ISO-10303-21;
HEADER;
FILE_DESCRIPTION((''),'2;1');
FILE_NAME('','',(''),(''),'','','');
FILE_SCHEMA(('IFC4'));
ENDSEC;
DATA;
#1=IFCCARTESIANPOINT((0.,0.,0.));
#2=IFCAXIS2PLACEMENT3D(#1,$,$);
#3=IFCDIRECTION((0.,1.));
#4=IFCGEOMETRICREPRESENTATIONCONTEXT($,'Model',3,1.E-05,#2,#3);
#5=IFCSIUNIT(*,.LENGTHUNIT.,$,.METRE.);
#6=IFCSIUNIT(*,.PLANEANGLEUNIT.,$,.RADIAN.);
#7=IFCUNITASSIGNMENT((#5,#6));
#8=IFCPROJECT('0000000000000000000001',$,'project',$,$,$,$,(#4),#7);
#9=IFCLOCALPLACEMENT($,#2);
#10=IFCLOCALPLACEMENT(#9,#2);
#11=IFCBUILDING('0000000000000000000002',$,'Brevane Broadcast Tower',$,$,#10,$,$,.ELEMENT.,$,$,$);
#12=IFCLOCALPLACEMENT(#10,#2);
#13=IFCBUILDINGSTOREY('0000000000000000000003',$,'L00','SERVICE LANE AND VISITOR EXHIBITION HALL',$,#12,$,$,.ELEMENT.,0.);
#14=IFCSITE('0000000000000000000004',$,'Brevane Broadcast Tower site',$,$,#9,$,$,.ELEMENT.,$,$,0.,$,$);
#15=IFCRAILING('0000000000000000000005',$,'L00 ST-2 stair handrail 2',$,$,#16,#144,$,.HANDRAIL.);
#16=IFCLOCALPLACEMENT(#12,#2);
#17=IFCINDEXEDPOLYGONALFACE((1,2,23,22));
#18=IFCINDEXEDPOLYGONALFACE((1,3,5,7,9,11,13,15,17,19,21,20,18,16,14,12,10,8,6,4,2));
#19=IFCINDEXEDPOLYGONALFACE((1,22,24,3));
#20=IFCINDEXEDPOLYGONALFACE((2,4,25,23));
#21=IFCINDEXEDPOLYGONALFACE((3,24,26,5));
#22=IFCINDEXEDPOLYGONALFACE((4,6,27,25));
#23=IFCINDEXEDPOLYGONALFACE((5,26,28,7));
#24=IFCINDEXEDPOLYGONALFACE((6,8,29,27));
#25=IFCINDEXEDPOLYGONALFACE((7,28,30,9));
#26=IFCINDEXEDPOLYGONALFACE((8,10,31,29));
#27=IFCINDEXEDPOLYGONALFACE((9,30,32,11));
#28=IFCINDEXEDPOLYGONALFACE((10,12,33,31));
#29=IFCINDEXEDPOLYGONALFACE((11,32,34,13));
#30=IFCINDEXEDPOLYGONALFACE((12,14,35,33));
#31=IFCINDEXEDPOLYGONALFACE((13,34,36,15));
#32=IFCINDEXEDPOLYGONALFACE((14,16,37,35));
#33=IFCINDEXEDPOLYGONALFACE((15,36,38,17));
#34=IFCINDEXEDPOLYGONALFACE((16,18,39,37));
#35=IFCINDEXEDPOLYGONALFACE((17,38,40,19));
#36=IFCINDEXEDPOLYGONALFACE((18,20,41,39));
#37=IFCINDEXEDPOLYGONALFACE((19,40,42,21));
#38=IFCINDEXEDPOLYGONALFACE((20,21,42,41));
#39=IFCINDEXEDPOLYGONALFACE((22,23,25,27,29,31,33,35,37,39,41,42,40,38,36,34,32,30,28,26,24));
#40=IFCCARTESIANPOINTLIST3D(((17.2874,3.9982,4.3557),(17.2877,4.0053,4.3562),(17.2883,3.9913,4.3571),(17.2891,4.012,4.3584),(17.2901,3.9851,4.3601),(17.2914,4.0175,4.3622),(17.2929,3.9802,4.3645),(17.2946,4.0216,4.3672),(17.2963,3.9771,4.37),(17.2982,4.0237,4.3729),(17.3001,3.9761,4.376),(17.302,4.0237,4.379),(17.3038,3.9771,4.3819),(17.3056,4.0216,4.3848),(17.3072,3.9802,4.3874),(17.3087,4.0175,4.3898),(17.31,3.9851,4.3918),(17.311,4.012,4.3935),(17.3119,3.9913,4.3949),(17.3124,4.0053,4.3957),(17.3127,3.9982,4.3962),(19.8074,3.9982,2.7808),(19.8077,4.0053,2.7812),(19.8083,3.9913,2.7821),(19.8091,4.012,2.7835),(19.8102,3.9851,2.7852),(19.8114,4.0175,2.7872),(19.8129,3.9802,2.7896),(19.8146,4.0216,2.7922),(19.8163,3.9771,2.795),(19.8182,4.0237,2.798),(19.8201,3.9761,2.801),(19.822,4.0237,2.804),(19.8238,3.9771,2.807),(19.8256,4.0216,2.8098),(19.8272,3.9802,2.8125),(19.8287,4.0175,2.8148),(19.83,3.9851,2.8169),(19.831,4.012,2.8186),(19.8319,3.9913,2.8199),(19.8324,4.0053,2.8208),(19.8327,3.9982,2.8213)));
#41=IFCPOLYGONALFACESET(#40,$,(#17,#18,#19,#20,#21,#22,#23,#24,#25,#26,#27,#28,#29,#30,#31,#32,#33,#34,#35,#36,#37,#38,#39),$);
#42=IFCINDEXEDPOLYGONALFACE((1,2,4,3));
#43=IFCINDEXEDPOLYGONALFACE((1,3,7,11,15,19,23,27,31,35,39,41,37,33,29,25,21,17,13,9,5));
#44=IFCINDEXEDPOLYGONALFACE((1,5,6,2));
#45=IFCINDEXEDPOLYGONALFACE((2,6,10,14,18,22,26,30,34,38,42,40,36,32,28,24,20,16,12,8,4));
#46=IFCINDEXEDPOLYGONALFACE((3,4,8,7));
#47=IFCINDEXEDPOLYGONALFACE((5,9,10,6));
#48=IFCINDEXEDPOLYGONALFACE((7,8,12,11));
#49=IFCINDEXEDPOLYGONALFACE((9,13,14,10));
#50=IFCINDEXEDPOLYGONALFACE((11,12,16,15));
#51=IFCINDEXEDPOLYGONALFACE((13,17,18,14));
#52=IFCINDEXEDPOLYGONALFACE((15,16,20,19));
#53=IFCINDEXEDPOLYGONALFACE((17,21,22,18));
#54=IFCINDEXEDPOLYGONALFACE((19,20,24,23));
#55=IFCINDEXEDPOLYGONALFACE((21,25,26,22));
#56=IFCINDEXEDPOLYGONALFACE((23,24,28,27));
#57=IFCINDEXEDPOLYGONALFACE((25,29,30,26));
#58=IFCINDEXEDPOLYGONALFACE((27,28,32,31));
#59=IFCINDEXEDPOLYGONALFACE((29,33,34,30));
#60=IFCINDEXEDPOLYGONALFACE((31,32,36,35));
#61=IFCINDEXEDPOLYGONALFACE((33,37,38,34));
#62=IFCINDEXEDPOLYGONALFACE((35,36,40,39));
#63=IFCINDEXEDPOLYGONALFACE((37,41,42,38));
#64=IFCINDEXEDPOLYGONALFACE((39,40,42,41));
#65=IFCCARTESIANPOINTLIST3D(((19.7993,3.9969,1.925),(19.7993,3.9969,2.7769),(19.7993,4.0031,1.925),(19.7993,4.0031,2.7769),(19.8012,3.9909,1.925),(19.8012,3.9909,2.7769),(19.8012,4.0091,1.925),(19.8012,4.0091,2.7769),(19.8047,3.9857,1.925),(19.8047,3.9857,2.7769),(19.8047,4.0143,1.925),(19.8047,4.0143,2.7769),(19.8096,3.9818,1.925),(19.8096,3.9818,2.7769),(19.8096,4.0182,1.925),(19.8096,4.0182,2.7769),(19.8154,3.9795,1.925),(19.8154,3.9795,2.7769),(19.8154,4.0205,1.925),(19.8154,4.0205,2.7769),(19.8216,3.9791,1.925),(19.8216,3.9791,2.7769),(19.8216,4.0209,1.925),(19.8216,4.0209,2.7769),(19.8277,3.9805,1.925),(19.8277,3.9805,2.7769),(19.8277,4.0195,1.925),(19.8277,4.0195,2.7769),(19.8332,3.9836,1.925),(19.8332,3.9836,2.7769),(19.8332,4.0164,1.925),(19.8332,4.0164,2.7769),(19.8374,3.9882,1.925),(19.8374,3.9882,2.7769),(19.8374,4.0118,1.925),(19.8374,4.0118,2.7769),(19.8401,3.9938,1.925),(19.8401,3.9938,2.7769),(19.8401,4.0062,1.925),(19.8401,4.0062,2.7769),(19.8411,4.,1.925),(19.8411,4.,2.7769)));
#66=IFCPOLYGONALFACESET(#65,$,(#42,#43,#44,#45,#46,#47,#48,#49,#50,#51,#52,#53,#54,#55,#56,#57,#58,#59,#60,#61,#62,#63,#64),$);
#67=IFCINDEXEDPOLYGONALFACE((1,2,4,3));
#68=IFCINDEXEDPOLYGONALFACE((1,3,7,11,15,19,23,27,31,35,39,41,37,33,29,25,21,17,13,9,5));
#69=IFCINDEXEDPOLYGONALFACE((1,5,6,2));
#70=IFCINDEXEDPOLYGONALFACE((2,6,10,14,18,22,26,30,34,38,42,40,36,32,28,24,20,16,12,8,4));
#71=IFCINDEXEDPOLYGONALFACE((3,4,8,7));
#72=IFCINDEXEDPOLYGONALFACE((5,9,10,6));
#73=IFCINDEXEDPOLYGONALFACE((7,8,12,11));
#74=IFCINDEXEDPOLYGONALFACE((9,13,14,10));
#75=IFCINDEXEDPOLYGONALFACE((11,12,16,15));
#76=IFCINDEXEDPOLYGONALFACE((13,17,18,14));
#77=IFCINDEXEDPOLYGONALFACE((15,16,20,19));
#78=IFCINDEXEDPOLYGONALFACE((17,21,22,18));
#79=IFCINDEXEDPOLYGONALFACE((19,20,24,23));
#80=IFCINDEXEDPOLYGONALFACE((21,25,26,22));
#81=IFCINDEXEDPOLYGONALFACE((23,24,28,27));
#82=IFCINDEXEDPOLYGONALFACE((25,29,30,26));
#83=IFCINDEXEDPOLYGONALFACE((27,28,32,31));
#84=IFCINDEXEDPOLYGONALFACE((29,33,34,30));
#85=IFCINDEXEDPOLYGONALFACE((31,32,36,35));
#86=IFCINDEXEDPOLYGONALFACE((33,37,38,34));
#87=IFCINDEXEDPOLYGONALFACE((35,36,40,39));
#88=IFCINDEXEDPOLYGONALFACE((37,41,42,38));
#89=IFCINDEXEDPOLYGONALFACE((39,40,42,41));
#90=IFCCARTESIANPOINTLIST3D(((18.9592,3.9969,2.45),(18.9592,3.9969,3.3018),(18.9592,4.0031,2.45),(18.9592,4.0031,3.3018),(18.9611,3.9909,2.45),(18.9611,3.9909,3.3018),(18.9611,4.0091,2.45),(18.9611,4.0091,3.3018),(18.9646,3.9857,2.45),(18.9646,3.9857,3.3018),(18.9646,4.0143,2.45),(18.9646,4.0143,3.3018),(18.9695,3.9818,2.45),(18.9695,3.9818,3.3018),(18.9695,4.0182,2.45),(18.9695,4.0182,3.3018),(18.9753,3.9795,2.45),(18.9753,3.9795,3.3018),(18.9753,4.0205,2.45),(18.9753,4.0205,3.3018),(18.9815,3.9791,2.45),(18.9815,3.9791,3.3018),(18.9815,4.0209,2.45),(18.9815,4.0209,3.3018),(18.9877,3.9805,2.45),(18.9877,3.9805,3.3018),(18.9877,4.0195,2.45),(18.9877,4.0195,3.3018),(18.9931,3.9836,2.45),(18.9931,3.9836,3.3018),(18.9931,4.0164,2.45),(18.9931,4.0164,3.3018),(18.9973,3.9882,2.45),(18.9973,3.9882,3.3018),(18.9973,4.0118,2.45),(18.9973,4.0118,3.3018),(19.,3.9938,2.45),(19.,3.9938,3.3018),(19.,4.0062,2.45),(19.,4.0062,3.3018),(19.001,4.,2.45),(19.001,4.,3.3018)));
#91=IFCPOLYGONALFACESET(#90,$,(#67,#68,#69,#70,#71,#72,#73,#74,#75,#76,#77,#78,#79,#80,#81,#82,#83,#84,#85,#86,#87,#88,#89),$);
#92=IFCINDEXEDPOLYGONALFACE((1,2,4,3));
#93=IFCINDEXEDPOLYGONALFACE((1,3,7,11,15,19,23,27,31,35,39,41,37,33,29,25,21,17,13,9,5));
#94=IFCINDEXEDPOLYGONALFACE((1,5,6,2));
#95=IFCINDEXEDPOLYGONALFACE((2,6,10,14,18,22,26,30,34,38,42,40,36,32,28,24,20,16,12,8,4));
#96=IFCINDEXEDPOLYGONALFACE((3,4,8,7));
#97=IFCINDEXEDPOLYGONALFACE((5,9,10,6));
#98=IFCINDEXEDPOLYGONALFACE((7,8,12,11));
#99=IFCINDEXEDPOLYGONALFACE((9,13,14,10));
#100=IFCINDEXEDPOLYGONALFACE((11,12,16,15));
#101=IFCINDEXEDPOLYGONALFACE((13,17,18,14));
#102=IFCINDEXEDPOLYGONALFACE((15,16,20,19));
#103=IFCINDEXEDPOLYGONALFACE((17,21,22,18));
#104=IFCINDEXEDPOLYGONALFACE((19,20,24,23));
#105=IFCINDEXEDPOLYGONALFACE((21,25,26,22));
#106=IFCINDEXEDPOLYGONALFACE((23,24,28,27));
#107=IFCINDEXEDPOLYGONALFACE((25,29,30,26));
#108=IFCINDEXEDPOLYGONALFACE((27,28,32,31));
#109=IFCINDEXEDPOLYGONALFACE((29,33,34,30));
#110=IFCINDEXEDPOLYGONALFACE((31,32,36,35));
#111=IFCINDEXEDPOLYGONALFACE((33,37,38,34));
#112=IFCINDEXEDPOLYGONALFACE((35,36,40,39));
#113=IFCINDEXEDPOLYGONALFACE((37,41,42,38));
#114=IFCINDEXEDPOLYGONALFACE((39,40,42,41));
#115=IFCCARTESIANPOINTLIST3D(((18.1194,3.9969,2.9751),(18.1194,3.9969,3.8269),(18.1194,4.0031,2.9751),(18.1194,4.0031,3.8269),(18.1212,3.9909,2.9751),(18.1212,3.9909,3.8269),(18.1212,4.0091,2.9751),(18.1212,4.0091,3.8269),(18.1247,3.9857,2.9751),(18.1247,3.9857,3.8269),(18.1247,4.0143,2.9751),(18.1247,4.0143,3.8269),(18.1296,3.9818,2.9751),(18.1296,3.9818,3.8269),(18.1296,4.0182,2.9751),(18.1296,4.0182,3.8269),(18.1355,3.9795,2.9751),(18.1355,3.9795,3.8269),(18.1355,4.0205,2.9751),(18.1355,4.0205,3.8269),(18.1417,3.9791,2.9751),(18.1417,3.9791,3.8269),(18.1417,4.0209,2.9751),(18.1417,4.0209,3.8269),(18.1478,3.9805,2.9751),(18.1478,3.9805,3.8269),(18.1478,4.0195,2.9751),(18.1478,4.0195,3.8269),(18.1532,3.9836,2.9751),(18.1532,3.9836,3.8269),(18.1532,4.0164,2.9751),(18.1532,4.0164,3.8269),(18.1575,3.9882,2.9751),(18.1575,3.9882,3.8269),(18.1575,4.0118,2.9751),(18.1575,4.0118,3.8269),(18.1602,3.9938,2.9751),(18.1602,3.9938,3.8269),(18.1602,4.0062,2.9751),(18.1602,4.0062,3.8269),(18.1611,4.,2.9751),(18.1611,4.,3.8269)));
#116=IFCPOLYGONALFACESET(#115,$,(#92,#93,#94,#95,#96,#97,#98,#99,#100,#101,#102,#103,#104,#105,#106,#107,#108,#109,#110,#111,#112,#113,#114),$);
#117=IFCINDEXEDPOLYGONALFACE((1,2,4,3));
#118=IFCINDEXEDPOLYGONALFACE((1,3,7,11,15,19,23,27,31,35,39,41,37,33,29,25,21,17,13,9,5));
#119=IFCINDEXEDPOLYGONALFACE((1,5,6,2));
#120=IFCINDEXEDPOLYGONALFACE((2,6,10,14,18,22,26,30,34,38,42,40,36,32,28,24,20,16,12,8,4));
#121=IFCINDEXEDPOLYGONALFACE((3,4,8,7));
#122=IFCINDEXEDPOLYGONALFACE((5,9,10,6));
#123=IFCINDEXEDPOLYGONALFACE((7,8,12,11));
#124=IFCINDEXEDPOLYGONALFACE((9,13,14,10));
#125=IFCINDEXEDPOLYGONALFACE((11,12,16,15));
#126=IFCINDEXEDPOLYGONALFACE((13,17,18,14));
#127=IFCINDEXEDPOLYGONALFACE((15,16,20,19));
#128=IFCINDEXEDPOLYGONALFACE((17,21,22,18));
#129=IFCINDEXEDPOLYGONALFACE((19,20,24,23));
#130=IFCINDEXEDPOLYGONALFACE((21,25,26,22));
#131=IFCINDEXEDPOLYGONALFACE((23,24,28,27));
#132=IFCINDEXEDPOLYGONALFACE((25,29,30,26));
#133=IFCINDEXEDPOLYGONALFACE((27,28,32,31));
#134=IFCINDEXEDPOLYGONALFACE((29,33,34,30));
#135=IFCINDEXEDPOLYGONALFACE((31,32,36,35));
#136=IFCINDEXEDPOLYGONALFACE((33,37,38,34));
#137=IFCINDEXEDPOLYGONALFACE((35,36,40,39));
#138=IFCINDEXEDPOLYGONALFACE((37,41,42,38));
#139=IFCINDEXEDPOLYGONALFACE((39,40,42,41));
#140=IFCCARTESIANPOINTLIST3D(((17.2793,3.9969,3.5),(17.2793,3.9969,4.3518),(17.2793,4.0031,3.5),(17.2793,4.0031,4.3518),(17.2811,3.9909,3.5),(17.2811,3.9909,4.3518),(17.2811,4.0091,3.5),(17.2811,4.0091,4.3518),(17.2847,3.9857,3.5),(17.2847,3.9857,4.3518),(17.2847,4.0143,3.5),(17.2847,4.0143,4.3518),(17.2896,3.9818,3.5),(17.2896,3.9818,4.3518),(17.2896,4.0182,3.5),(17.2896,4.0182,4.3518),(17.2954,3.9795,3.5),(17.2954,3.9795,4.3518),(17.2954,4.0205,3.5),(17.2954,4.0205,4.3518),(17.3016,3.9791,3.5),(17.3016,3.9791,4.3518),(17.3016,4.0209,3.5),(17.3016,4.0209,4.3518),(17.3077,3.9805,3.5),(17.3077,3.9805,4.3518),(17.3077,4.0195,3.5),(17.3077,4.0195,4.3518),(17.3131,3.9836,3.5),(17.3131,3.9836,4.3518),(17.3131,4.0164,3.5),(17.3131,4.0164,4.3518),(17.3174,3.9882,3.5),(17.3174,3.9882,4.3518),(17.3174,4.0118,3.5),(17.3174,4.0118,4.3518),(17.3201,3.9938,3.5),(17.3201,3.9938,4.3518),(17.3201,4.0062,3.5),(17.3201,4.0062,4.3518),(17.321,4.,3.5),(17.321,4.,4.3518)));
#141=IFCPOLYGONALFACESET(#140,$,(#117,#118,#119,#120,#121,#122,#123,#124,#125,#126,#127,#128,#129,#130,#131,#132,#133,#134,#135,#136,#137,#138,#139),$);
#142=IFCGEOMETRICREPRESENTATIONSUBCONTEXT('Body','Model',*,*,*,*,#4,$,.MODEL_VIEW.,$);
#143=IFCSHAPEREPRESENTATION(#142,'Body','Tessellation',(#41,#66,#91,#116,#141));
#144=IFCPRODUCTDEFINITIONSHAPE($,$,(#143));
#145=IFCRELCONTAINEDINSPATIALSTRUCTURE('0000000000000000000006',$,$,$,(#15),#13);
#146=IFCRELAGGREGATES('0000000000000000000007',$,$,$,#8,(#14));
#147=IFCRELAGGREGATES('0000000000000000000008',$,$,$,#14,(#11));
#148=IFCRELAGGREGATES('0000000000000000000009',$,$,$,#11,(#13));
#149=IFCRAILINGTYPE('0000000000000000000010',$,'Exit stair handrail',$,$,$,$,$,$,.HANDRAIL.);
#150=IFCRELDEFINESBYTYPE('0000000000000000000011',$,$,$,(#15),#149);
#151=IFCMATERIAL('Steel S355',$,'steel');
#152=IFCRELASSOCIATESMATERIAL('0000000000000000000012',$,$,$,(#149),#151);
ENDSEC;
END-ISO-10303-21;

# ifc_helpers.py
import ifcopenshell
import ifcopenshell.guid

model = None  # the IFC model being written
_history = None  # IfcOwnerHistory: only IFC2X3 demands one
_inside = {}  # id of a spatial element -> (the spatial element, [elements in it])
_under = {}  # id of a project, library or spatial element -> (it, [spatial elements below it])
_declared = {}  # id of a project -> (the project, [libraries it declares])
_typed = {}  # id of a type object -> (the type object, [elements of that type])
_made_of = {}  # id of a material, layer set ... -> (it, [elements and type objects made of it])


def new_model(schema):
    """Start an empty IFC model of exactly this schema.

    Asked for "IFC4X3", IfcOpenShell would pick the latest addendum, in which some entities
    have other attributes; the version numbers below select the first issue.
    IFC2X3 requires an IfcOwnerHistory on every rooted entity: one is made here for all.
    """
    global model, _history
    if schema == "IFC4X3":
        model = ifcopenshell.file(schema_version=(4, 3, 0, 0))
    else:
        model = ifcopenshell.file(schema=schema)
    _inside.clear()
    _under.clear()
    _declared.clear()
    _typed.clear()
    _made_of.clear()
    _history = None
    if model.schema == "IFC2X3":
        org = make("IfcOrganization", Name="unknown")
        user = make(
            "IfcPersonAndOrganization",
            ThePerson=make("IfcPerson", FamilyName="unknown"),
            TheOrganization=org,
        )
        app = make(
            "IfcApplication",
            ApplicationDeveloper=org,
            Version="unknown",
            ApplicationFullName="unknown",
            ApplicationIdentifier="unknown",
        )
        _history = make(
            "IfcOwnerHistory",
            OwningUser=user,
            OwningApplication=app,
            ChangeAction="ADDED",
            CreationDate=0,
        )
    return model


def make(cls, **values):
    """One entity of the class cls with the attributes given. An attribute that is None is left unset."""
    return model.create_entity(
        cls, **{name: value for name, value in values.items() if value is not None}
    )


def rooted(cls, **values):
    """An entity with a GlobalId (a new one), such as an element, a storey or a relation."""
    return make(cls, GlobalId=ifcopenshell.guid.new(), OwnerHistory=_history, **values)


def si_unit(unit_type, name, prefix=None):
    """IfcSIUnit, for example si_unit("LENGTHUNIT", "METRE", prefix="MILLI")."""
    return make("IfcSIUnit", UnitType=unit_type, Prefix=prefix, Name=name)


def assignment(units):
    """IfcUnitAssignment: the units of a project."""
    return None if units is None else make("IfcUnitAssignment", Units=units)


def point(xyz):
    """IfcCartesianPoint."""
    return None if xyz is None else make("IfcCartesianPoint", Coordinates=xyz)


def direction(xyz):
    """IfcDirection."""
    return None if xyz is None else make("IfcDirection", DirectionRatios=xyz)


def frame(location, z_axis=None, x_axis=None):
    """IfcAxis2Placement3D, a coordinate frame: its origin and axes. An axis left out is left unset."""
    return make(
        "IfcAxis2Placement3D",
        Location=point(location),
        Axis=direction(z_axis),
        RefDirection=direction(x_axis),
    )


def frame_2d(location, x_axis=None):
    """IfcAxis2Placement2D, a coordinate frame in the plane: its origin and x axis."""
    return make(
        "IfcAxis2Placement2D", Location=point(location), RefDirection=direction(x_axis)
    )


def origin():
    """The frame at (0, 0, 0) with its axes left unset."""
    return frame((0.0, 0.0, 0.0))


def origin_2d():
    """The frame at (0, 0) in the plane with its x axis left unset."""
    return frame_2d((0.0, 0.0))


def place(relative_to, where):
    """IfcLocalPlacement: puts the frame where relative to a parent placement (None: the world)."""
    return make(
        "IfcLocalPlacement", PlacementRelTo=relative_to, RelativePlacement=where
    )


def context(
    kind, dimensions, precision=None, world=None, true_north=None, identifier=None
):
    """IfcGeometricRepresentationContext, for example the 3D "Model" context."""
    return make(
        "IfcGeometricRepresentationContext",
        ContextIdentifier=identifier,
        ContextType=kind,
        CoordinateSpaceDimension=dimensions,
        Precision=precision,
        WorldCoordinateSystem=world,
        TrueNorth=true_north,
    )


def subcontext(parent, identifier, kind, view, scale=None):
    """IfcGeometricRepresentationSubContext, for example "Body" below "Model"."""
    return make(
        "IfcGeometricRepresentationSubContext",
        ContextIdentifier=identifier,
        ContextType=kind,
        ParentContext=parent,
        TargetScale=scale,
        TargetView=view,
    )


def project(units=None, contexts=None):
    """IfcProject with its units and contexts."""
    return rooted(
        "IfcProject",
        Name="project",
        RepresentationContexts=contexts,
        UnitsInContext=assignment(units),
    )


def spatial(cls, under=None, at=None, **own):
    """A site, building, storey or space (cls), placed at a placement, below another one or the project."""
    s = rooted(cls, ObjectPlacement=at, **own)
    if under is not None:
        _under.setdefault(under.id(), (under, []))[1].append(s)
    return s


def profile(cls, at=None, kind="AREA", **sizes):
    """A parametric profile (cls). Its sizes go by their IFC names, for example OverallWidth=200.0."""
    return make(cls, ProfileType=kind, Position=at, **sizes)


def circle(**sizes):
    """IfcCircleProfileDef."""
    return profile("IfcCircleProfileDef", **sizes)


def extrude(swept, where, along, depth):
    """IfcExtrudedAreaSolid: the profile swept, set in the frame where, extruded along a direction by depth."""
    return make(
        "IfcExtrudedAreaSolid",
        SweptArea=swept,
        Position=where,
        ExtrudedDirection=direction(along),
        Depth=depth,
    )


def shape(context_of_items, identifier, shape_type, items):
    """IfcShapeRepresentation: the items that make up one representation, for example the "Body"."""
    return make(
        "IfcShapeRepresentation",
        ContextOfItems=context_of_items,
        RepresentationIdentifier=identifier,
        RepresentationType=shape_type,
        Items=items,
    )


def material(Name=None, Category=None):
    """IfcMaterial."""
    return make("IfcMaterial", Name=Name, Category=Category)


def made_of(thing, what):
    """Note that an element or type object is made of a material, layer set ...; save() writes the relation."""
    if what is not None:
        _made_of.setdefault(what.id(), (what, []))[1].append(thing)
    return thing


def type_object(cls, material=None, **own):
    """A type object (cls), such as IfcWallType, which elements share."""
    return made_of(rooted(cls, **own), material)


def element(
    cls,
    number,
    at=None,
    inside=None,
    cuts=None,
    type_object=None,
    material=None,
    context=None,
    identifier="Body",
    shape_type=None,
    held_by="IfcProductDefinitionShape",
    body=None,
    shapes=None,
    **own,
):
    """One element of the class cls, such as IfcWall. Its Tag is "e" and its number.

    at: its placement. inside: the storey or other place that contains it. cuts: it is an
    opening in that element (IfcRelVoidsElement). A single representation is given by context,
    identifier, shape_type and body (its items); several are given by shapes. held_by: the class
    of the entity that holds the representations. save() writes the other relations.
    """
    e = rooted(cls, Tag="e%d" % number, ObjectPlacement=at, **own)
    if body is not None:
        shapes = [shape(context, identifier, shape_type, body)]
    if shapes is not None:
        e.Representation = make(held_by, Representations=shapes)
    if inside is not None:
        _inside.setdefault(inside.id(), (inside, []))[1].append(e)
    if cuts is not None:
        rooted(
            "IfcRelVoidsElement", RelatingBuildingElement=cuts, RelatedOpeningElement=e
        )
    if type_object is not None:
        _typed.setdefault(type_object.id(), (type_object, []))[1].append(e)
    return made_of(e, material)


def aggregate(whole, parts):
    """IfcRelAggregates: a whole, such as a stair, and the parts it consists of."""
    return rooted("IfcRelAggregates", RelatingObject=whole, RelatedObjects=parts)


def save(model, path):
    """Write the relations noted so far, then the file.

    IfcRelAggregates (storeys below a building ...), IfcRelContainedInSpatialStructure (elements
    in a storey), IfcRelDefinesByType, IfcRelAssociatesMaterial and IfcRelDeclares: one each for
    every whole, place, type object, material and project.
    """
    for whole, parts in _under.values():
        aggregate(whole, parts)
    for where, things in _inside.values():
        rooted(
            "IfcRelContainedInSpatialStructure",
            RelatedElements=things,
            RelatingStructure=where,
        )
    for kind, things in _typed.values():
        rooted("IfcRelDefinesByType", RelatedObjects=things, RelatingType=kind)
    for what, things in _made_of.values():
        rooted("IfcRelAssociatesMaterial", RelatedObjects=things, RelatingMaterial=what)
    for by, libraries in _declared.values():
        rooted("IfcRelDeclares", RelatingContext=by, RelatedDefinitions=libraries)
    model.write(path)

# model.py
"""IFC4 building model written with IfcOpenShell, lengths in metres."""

from ifc_helpers import new_model, si_unit, direction, frame, origin, origin_2d, place, context, subcontext, project, spatial, circle, extrude, material, type_object, element, save


model = new_model("IFC4")

# Units and contexts
model_context = context("Model", 3, precision=1e-05, world=origin(), true_north=direction((0.0, 1.0)))
body_context = subcontext(model_context, "Body", "Model", "MODEL_VIEW")
ifc_project = project(units=[si_unit("LENGTHUNIT", "METRE"), si_unit("PLANEANGLEUNIT", "RADIAN")], contexts=[model_context])

# Site, building, storey
site_placement = place(None, origin())
site = spatial("IfcSite", under=ifc_project, at=site_placement, Name="Brevane Broadcast Tower site", CompositionType="ELEMENT", RefElevation=0.0)
building_placement = place(site_placement, origin())
building = spatial("IfcBuilding", under=site, at=building_placement, Name="Brevane Broadcast Tower", CompositionType="ELEMENT")
storey_placement = place(building_placement, origin())
storey = spatial("IfcBuildingStorey", under=building, at=storey_placement, Name="L00", Description="SERVICE LANE AND VISITOR EXHIBITION HALL", CompositionType="ELEMENT", Elevation=0.0)

# Railing
ifc_material_1 = material(Name="Steel S355", Category="steel")
railing_type_1 = type_object("IfcRailingType", Name="Exit stair handrail", PredefinedType="HANDRAIL", material=ifc_material_1)
for number, where, name in (
    (1, (19.8201, 4.0, 1.925), "L00 ST-2 stair handrail 2"),
):
    element("IfcRailing", number, at=place(storey_placement, frame(where)), inside=storey, type_object=railing_type_1, Name=name, PredefinedType="HANDRAIL", context=body_context, shape_type="SweptSolid", body=[
        extrude(circle(Radius=0.0239, at=origin_2d()), frame((0.0, 0.0, 0.876), z_axis=(-0.848008, 0.0, 0.529984), x_axis=(0.0, -1.0, 0.0)), (0.0, 0.0, 1.0), 2.9717),
        extrude(circle(Radius=0.021, at=origin_2d()), origin(), (0.0, 0.0, 1.0), 0.8518),
        extrude(circle(Radius=0.021, at=origin_2d()), frame((-0.8401, 0.0, 0.5249)), (0.0, 0.0, 1.0), 0.8518),
        extrude(circle(Radius=0.021, at=origin_2d()), frame((-1.6799, 0.0, 1.05)), (0.0, 0.0, 1.0), 0.8518),
        extrude(circle(Radius=0.021, at=origin_2d()), frame((-2.52, 0.0, 1.575)), (0.0, 0.0, 1.0), 0.8518),
    ])

save(model, "model.ifc")
